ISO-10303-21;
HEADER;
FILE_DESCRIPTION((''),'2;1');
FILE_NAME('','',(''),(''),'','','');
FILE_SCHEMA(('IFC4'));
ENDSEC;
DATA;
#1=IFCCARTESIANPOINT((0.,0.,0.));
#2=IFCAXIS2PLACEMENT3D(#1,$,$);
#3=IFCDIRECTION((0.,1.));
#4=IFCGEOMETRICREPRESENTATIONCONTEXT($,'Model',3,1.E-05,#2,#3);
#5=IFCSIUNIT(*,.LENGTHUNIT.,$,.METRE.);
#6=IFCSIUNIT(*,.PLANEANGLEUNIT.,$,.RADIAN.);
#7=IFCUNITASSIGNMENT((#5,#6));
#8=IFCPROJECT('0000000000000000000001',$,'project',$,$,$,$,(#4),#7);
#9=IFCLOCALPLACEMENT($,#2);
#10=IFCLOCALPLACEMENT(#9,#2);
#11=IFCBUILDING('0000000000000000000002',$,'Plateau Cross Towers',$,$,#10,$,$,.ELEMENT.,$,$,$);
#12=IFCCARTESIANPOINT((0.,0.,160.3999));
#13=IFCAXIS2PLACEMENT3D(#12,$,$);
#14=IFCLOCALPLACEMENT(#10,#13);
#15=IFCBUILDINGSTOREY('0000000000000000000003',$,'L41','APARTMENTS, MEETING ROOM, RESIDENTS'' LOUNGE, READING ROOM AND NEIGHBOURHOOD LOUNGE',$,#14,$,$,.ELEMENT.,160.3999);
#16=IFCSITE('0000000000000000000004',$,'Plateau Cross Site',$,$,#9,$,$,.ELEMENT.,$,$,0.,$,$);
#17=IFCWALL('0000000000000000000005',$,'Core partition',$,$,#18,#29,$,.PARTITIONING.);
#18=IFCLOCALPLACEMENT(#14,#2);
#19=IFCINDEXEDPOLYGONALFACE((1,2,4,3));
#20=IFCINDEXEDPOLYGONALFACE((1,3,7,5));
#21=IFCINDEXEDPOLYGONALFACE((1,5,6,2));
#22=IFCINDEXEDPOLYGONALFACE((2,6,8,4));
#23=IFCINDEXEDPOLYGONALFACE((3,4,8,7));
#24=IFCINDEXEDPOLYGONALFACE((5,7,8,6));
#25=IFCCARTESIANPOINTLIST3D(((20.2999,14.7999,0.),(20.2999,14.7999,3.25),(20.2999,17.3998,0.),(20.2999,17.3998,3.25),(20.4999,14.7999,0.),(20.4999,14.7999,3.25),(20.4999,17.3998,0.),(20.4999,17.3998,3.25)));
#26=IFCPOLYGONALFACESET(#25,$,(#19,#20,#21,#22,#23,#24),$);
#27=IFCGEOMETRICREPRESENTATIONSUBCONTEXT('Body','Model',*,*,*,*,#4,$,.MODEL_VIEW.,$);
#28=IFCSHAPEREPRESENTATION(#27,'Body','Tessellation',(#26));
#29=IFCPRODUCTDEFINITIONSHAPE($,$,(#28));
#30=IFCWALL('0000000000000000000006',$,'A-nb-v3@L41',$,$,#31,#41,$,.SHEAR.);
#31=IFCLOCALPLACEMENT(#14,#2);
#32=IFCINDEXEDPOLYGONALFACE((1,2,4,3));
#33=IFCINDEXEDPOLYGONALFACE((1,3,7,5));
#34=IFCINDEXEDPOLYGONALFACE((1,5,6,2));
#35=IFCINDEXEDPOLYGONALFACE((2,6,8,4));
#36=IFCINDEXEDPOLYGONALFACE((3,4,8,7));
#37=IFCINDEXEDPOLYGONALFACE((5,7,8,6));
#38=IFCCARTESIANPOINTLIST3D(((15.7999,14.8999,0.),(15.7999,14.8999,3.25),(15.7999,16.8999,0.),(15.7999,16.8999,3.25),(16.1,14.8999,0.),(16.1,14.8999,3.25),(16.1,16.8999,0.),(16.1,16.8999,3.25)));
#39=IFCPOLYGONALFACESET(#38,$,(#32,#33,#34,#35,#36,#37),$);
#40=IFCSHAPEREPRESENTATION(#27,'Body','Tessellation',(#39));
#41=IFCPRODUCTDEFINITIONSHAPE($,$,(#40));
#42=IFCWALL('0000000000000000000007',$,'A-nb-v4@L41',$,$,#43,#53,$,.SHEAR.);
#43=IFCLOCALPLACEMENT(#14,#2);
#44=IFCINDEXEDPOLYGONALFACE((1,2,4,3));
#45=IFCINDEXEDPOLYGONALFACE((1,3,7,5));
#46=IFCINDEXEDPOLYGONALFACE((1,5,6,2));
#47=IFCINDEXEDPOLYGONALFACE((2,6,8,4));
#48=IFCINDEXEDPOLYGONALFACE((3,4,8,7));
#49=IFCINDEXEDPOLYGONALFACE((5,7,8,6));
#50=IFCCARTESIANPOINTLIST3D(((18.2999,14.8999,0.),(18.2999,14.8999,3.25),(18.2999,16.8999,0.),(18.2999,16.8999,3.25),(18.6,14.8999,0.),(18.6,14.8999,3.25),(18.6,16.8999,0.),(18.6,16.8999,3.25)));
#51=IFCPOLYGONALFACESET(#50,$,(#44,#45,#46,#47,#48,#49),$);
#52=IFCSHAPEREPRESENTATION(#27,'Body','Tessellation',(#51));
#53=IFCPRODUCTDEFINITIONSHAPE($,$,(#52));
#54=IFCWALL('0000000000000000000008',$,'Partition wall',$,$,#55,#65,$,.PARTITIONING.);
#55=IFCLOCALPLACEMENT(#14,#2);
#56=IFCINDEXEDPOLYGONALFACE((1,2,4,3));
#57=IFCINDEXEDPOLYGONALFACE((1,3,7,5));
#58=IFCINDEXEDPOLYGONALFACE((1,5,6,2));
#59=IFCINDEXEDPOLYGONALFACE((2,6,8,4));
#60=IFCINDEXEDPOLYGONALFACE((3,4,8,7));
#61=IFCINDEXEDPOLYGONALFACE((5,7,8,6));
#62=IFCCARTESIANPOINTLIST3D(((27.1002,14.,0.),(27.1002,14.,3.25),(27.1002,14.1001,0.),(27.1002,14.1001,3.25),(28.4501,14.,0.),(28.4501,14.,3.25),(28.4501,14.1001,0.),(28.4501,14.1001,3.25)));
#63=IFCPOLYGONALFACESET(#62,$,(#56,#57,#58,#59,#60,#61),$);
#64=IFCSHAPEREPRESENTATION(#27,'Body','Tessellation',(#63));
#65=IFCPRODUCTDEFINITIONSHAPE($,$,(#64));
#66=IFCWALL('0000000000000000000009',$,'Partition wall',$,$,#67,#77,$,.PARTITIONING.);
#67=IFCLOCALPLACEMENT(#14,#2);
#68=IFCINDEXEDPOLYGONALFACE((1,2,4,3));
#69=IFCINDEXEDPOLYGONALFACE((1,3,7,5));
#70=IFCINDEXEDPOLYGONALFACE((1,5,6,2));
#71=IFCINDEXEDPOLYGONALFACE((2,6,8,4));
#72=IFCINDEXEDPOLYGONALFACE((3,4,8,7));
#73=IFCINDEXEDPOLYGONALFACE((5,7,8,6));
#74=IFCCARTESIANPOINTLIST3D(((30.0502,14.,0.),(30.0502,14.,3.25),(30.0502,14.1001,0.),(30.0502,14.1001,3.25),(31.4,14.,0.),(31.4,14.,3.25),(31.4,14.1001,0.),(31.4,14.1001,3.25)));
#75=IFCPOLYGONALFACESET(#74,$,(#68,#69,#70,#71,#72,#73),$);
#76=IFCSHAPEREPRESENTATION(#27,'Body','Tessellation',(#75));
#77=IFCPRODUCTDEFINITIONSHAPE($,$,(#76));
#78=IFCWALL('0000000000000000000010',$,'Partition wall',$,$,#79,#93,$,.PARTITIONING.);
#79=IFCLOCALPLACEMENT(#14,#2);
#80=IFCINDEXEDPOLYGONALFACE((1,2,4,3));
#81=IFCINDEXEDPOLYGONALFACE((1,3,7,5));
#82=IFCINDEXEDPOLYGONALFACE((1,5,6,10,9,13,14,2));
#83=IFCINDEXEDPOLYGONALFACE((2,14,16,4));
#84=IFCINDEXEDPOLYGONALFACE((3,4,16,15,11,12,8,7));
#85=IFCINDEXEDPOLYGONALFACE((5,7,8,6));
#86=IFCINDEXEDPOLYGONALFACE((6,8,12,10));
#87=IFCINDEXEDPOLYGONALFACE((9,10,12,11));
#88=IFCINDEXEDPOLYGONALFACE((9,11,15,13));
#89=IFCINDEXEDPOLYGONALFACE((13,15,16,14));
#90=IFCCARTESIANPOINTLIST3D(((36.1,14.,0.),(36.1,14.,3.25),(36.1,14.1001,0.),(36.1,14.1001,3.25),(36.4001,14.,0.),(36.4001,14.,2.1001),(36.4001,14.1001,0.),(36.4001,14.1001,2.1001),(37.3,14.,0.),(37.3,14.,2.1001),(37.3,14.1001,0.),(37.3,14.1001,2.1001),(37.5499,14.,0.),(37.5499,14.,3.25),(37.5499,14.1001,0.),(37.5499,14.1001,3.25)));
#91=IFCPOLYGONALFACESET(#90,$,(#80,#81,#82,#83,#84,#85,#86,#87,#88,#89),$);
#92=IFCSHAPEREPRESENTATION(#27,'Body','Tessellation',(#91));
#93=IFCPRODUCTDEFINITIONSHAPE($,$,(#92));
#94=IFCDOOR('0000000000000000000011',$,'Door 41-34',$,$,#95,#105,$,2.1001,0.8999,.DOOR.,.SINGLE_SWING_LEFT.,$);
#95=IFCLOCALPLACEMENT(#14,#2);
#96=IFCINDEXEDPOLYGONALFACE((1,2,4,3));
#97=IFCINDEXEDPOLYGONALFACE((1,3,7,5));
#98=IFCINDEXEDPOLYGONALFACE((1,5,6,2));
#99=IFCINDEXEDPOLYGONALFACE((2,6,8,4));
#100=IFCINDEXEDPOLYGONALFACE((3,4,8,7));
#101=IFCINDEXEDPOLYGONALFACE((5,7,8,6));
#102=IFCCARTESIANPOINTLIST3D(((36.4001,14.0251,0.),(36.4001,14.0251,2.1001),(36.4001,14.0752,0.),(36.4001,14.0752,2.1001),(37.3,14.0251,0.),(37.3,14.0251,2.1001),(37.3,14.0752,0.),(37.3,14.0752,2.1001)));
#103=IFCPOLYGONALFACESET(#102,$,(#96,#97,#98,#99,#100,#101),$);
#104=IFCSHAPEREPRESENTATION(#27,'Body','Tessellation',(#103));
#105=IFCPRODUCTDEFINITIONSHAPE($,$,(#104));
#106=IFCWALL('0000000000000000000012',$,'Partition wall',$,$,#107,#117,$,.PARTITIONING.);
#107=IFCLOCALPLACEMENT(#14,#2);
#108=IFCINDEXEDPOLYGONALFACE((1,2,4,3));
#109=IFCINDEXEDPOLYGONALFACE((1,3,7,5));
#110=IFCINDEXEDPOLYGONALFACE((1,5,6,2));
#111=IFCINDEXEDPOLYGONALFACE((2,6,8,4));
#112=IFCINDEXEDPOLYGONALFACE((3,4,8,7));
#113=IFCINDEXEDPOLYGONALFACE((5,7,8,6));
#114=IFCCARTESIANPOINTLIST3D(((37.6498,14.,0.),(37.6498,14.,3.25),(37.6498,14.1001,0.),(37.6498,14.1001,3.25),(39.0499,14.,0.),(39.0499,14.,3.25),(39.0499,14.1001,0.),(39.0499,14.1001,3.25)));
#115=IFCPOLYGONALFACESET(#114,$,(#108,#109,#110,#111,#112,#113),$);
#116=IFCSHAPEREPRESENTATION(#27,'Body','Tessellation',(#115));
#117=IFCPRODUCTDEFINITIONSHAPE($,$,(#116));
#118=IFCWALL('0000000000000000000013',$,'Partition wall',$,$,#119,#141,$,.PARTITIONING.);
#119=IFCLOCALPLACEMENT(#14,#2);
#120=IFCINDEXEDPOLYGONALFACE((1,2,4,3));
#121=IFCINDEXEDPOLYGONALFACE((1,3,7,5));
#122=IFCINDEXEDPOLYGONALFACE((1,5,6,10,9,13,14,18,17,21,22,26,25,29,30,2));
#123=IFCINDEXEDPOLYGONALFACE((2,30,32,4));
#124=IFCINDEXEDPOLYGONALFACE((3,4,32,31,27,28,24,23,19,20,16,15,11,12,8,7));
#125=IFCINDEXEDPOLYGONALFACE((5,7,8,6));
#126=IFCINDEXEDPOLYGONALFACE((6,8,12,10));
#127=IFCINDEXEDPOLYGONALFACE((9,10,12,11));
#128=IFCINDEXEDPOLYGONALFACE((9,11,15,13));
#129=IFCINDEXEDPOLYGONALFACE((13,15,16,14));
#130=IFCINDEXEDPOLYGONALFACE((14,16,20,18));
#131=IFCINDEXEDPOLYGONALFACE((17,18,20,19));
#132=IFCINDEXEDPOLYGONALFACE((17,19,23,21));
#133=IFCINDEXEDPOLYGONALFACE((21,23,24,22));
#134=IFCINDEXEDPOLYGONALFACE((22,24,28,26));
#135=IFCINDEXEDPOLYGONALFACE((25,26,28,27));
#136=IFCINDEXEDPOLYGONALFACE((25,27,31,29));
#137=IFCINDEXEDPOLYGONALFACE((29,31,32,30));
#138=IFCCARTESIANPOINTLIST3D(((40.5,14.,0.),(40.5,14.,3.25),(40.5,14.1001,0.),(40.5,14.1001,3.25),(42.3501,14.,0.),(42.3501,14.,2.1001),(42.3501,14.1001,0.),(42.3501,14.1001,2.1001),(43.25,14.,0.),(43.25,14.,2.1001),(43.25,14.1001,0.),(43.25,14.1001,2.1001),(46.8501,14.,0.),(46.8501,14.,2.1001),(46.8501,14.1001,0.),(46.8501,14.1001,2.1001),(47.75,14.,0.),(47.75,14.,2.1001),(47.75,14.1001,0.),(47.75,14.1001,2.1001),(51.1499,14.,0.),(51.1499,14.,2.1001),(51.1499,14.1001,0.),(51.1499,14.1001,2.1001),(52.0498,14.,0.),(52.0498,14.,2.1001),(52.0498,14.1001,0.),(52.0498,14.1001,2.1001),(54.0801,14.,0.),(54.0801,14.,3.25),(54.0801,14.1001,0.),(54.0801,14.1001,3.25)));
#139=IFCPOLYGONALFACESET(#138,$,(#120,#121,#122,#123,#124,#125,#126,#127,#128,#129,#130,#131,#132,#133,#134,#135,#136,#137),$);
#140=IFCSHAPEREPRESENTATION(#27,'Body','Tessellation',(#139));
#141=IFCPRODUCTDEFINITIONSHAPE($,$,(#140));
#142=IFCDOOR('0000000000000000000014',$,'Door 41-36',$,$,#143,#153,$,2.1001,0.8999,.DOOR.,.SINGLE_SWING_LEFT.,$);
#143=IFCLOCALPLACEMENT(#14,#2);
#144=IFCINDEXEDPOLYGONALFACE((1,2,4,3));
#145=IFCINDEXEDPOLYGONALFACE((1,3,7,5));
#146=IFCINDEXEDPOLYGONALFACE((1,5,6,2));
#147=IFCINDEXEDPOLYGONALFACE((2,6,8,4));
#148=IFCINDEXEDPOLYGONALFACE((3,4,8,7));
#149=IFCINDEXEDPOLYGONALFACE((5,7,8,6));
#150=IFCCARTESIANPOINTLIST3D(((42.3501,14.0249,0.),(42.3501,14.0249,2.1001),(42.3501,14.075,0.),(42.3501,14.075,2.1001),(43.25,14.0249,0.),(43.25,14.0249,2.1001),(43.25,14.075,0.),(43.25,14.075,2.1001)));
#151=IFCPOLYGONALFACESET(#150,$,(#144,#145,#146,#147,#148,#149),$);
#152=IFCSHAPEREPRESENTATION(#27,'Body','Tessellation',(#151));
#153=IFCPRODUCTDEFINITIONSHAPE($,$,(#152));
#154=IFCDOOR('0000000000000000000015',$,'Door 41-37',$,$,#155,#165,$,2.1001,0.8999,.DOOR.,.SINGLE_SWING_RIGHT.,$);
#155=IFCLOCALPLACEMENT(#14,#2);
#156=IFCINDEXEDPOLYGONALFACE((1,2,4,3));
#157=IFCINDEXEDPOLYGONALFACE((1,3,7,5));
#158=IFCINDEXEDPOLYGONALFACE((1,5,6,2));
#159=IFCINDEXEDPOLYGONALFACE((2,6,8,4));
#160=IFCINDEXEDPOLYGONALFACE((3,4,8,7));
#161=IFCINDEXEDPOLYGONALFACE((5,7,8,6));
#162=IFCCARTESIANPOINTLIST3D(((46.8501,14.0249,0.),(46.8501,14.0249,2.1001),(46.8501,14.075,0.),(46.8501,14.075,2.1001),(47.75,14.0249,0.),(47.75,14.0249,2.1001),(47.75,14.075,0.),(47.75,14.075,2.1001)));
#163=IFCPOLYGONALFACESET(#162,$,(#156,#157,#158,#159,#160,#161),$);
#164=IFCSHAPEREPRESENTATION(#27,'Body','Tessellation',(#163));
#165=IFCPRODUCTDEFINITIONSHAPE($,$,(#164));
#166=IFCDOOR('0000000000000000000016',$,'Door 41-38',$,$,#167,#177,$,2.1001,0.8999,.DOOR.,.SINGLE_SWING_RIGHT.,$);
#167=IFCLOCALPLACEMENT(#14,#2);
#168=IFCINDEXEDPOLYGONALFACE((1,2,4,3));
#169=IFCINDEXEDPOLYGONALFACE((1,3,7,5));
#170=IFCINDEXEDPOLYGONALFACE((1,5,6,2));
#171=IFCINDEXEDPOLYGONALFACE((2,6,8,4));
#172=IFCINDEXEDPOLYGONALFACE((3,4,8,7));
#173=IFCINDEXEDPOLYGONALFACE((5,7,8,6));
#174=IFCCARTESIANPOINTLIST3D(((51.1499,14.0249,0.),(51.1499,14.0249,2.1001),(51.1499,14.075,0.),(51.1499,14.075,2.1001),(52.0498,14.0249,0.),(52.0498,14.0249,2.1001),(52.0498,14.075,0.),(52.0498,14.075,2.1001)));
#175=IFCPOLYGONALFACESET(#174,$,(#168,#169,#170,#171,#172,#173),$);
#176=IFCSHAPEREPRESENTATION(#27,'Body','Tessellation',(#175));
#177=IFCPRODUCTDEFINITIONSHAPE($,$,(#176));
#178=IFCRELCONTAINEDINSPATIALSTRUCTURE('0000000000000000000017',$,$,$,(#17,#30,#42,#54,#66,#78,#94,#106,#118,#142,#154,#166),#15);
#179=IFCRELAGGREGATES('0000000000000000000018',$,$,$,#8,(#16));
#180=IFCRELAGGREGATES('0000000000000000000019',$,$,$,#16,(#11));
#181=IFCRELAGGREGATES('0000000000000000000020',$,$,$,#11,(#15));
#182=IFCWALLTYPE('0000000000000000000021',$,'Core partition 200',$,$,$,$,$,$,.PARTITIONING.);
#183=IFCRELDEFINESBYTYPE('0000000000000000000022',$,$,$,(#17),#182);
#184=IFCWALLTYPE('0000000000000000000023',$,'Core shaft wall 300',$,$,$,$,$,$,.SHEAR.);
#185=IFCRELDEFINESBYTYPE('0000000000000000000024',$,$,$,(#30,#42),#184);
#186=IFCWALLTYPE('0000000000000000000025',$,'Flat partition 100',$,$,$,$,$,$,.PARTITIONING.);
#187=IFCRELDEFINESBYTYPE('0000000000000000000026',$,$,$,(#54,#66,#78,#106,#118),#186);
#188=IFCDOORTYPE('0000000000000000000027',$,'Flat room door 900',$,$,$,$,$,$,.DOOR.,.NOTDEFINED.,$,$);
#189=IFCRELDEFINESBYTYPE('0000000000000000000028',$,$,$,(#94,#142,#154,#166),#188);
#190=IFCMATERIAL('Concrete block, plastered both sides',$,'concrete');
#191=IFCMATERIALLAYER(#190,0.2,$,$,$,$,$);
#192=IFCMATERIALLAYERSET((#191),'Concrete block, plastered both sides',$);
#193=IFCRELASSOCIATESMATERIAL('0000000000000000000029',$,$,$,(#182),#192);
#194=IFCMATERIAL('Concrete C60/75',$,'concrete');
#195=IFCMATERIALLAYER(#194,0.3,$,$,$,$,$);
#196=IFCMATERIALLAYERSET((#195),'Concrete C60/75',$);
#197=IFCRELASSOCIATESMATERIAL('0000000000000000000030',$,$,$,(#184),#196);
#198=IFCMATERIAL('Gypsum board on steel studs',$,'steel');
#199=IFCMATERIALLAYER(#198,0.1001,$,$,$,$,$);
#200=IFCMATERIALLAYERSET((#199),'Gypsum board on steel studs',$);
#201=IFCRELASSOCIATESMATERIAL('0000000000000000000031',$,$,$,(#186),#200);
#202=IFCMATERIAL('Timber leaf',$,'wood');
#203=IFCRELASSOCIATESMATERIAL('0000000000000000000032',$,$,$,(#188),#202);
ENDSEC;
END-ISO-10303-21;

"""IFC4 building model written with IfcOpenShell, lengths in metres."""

from ifc_helpers import new_model, si_unit, direction, frame, frame_2d, origin, place, context, subcontext, project, spatial, rectangle, extrude, material, layer, layer_set, type_object, element, fill, save


model = new_model("IFC4")

# Units and contexts
model_context = context("Model", 3, precision=1e-05, world=origin(), true_north=direction((0.0, 1.0)))
body_context = subcontext(model_context, "Body", "Model", "MODEL_VIEW")
ifc_project = project(units=[si_unit("LENGTHUNIT", "METRE"), si_unit("PLANEANGLEUNIT", "RADIAN")], contexts=[model_context])

# Site, building, storey
site_placement = place(None, origin())
site = spatial("IfcSite", under=ifc_project, at=site_placement, Name="Plateau Cross Site", CompositionType="ELEMENT", RefElevation=0.0)
building_placement = place(site_placement, origin())
building = spatial("IfcBuilding", under=site, at=building_placement, Name="Plateau Cross Towers", CompositionType="ELEMENT")
storey_placement = place(building_placement, frame((0.0, 0.0, 160.3999)))
storey = spatial("IfcBuildingStorey", under=building, at=storey_placement, Name="L41", Description="APARTMENTS, MEETING ROOM, RESIDENTS' LOUNGE, READING ROOM AND NEIGHBOURHOOD LOUNGE", CompositionType="ELEMENT", Elevation=160.3999)

# Shared definitions
ifc_material_1 = material(Name="Concrete C60/75", Category="concrete")

# Shared definitions
ifc_material_2 = material(Name="Concrete block, plastered both sides", Category="concrete")
ifc_layer_1 = layer(ifc_material_2, 0.2)
ifc_layer_set_1 = layer_set([ifc_layer_1], Name="Concrete block, plastered both sides")
wall_type_1 = type_object("IfcWallType", Name="Core partition 200", PredefinedType="PARTITIONING", material=ifc_layer_set_1)

# Walls
wall_1_placement = place(storey_placement, frame((20.3999, 14.8, 0.0), z_axis=(0.0, 0.0, 1.0), x_axis=(0.0, 1.0, 0.0)))
element("IfcWall", 1, at=wall_1_placement, inside=storey, type_object=wall_type_1, Name="Core partition", PredefinedType="PARTITIONING", context=body_context, shape_type="SweptSolid", body=[
    extrude(rectangle(XDim=2.5999, YDim=0.2, at=frame_2d((1.2998, 0.0))), origin(), (0.0, 0.0, 1.0), 3.25),
])
ifc_layer_2 = layer(ifc_material_1, 0.3)
ifc_layer_set_2 = layer_set([ifc_layer_2], Name="Concrete C60/75")
wall_type_2 = type_object("IfcWallType", Name="Core shaft wall 300", PredefinedType="SHEAR", material=ifc_layer_set_2)
for number, where, z_axis, x_axis, name in (
    (2, (15.95, 14.8999, 0.0), (0.0, 0.0, 1.0), (0.0, 1.0, 0.0), "A-nb-v3@L41"),
    (3, (18.45, 14.8999, 0.0), (0.0, 0.0, 1.0), (0.0, 1.0, 0.0), "A-nb-v4@L41"),
):
    element("IfcWall", number, at=place(storey_placement, frame(where, z_axis=z_axis, x_axis=x_axis)), inside=storey, type_object=wall_type_2, Name=name, PredefinedType="SHEAR", context=body_context, shape_type="SweptSolid", body=[
        extrude(rectangle(XDim=2.0, YDim=0.3, at=frame_2d((1.0, 0.0))), origin(), (0.0, 0.0, 1.0), 3.25),
    ])
ifc_material_3 = material(Name="Gypsum board on steel studs", Category="steel")
ifc_layer_3 = layer(ifc_material_3, 0.1001)
ifc_layer_set_3 = layer_set([ifc_layer_3], Name="Gypsum board on steel studs")
wall_type_3 = type_object("IfcWallType", Name="Flat partition 100", PredefinedType="PARTITIONING", material=ifc_layer_set_3)
for number, where, z_axis, x_axis, name in (
    (4, (28.45, 14.05, 0.0), (0.0, 0.0, 1.0), (-1.0, 0.0, 0.0), "Partition wall"),
    (5, (31.3999, 14.05, 0.0), (0.0, 0.0, 1.0), (-1.0, 0.0, 0.0), "Partition wall"),
):
    element("IfcWall", number, at=place(storey_placement, frame(where, z_axis=z_axis, x_axis=x_axis)), inside=storey, type_object=wall_type_3, Name=name, PredefinedType="PARTITIONING", context=body_context, shape_type="SweptSolid", body=[
        extrude(rectangle(XDim=1.3499, YDim=0.1001, at=frame_2d((0.6748, 0.0))), origin(), (0.0, 0.0, 1.0), 3.25),
    ])

# Wall, opening, door
wall_2_placement = place(storey_placement, frame((37.55, 14.05, 0.0), z_axis=(0.0, 0.0, 1.0), x_axis=(-1.0, 0.0, 0.0)))
wall_2 = element("IfcWall", 6, at=wall_2_placement, inside=storey, type_object=wall_type_3, Name="Partition wall", PredefinedType="PARTITIONING", context=body_context, shape_type="SweptSolid", body=[
    extrude(rectangle(XDim=1.45, YDim=0.1001, at=frame_2d((0.7251, 0.0))), origin(), (0.0, 0.0, 1.0), 3.25),
])
opening_1_placement = place(wall_2_placement, frame((0.25, 0.0, 0.0)))
opening_1 = element("IfcOpeningElement", 7, at=opening_1_placement, cuts=wall_2, PredefinedType="OPENING", context=body_context, shape_type="SweptSolid", body=[
    extrude(rectangle(XDim=0.8999, YDim=2.1001, at=frame_2d((0.45, 1.05))), frame((0.0, 0.0601, 0.0), z_axis=(0.0, -1.0, 0.0), x_axis=(1.0, 0.0, 0.0)), (0.0, 0.0, 1.0), 0.1201),
])
ifc_material_4 = material(Name="Timber leaf", Category="wood")
door_type_1 = type_object("IfcDoorType", Name="Flat room door 900", OperationType="NOTDEFINED", PredefinedType="DOOR", material=ifc_material_4)
door_1_placement = place(opening_1_placement, origin())
door_1 = element("IfcDoor", 8, at=door_1_placement, inside=storey, type_object=door_type_1, Name="Door 41-34", OperationType="SINGLE_SWING_LEFT", OverallHeight=2.1001, OverallWidth=0.8999, PredefinedType="DOOR", context=body_context, shape_type="SweptSolid", body=[
    extrude(rectangle(XDim=0.8999, YDim=2.1001, at=frame_2d((0.45, 1.05))), frame((0.0, 0.0249, 0.0), z_axis=(0.0, -1.0, 0.0), x_axis=(1.0, 0.0, 0.0)), (0.0, 0.0, 1.0), 0.05),
])
fill(opening_1, door_1)

# Wall
wall_3_placement = place(storey_placement, frame((39.05, 14.05, 0.0), z_axis=(0.0, 0.0, 1.0), x_axis=(-1.0, 0.0, 0.0)))
element("IfcWall", 9, at=wall_3_placement, inside=storey, type_object=wall_type_3, Name="Partition wall", PredefinedType="PARTITIONING", context=body_context, shape_type="SweptSolid", body=[
    extrude(rectangle(XDim=1.4001, YDim=0.1001, at=frame_2d((0.7002, 0.0))), origin(), (0.0, 0.0, 1.0), 3.25),
])

# Wall, openings, doors
wall_4_placement = place(storey_placement, frame((40.5, 14.05, 0.0), z_axis=(0.0, 0.0, 1.0), x_axis=(1.0, 0.0, 0.0)))
wall_4 = element("IfcWall", 10, at=wall_4_placement, inside=storey, type_object=wall_type_3, Name="Partition wall", PredefinedType="PARTITIONING", context=body_context, shape_type="SweptSolid", body=[
    extrude(rectangle(XDim=13.5801, YDim=0.1001, at=frame_2d((6.79, 0.0))), origin(), (0.0, 0.0, 1.0), 3.25),
])
opening_2_placement = place(wall_4_placement, frame((1.8501, 0.0, 0.0)))
opening_2 = element("IfcOpeningElement", 11, at=opening_2_placement, cuts=wall_4, PredefinedType="OPENING", context=body_context, shape_type="SweptSolid", body=[
    extrude(rectangle(XDim=0.8999, YDim=2.1001, at=frame_2d((0.45, 1.05))), frame((0.0, 0.0601, 0.0), z_axis=(0.0, -1.0, 0.0), x_axis=(1.0, 0.0, 0.0)), (0.0, 0.0, 1.0), 0.1201),
])
opening_3_placement = place(wall_4_placement, frame((6.3501, 0.0, 0.0)))
opening_3 = element("IfcOpeningElement", 12, at=opening_3_placement, cuts=wall_4, PredefinedType="OPENING", context=body_context, shape_type="SweptSolid", body=[
    extrude(rectangle(XDim=0.8999, YDim=2.1001, at=frame_2d((0.45, 1.05))), frame((0.0, 0.0601, 0.0), z_axis=(0.0, -1.0, 0.0), x_axis=(1.0, 0.0, 0.0)), (0.0, 0.0, 1.0), 0.1201),
])
opening_4_placement = place(wall_4_placement, frame((10.6499, 0.0, 0.0)))
opening_4 = element("IfcOpeningElement", 13, at=opening_4_placement, cuts=wall_4, PredefinedType="OPENING", context=body_context, shape_type="SweptSolid", body=[
    extrude(rectangle(XDim=0.8999, YDim=2.1001, at=frame_2d((0.45, 1.05))), frame((0.0, 0.0601, 0.0), z_axis=(0.0, -1.0, 0.0), x_axis=(1.0, 0.0, 0.0)), (0.0, 0.0, 1.0), 0.1201),
])
door_2_placement = place(opening_2_placement, origin())
door_2 = element("IfcDoor", 14, at=door_2_placement, inside=storey, type_object=door_type_1, Name="Door 41-36", OperationType="SINGLE_SWING_LEFT", OverallHeight=2.1001, OverallWidth=0.8999, PredefinedType="DOOR", context=body_context, shape_type="SweptSolid", body=[
    extrude(rectangle(XDim=0.8999, YDim=2.1001, at=frame_2d((0.45, 1.05))), frame((0.0, 0.0249, 0.0), z_axis=(0.0, -1.0, 0.0), x_axis=(1.0, 0.0, 0.0)), (0.0, 0.0, 1.0), 0.05),
])
fill(opening_2, door_2)
door_3_placement = place(opening_3_placement, origin())
door_3 = element("IfcDoor", 15, at=door_3_placement, inside=storey, type_object=door_type_1, Name="Door 41-37", OperationType="SINGLE_SWING_RIGHT", OverallHeight=2.1001, OverallWidth=0.8999, PredefinedType="DOOR", context=body_context, shape_type="SweptSolid", body=[
    extrude(rectangle(XDim=0.8999, YDim=2.1001, at=frame_2d((0.45, 1.05))), frame((0.0, 0.0249, 0.0), z_axis=(0.0, -1.0, 0.0), x_axis=(1.0, 0.0, 0.0)), (0.0, 0.0, 1.0), 0.05),
])
fill(opening_3, door_3)
door_4_placement = place(opening_4_placement, origin())
door_4 = element("IfcDoor", 16, at=door_4_placement, inside=storey, type_object=door_type_1, Name="Door 41-38", OperationType="SINGLE_SWING_RIGHT", OverallHeight=2.1001, OverallWidth=0.8999, PredefinedType="DOOR", context=body_context, shape_type="SweptSolid", body=[
    extrude(rectangle(XDim=0.8999, YDim=2.1001, at=frame_2d((0.45, 1.05))), frame((0.0, 0.0249, 0.0), z_axis=(0.0, -1.0, 0.0), x_axis=(1.0, 0.0, 0.0)), (0.0, 0.0, 1.0), 0.05),
])
fill(opening_4, door_4)

save(model, "model.ifc")
